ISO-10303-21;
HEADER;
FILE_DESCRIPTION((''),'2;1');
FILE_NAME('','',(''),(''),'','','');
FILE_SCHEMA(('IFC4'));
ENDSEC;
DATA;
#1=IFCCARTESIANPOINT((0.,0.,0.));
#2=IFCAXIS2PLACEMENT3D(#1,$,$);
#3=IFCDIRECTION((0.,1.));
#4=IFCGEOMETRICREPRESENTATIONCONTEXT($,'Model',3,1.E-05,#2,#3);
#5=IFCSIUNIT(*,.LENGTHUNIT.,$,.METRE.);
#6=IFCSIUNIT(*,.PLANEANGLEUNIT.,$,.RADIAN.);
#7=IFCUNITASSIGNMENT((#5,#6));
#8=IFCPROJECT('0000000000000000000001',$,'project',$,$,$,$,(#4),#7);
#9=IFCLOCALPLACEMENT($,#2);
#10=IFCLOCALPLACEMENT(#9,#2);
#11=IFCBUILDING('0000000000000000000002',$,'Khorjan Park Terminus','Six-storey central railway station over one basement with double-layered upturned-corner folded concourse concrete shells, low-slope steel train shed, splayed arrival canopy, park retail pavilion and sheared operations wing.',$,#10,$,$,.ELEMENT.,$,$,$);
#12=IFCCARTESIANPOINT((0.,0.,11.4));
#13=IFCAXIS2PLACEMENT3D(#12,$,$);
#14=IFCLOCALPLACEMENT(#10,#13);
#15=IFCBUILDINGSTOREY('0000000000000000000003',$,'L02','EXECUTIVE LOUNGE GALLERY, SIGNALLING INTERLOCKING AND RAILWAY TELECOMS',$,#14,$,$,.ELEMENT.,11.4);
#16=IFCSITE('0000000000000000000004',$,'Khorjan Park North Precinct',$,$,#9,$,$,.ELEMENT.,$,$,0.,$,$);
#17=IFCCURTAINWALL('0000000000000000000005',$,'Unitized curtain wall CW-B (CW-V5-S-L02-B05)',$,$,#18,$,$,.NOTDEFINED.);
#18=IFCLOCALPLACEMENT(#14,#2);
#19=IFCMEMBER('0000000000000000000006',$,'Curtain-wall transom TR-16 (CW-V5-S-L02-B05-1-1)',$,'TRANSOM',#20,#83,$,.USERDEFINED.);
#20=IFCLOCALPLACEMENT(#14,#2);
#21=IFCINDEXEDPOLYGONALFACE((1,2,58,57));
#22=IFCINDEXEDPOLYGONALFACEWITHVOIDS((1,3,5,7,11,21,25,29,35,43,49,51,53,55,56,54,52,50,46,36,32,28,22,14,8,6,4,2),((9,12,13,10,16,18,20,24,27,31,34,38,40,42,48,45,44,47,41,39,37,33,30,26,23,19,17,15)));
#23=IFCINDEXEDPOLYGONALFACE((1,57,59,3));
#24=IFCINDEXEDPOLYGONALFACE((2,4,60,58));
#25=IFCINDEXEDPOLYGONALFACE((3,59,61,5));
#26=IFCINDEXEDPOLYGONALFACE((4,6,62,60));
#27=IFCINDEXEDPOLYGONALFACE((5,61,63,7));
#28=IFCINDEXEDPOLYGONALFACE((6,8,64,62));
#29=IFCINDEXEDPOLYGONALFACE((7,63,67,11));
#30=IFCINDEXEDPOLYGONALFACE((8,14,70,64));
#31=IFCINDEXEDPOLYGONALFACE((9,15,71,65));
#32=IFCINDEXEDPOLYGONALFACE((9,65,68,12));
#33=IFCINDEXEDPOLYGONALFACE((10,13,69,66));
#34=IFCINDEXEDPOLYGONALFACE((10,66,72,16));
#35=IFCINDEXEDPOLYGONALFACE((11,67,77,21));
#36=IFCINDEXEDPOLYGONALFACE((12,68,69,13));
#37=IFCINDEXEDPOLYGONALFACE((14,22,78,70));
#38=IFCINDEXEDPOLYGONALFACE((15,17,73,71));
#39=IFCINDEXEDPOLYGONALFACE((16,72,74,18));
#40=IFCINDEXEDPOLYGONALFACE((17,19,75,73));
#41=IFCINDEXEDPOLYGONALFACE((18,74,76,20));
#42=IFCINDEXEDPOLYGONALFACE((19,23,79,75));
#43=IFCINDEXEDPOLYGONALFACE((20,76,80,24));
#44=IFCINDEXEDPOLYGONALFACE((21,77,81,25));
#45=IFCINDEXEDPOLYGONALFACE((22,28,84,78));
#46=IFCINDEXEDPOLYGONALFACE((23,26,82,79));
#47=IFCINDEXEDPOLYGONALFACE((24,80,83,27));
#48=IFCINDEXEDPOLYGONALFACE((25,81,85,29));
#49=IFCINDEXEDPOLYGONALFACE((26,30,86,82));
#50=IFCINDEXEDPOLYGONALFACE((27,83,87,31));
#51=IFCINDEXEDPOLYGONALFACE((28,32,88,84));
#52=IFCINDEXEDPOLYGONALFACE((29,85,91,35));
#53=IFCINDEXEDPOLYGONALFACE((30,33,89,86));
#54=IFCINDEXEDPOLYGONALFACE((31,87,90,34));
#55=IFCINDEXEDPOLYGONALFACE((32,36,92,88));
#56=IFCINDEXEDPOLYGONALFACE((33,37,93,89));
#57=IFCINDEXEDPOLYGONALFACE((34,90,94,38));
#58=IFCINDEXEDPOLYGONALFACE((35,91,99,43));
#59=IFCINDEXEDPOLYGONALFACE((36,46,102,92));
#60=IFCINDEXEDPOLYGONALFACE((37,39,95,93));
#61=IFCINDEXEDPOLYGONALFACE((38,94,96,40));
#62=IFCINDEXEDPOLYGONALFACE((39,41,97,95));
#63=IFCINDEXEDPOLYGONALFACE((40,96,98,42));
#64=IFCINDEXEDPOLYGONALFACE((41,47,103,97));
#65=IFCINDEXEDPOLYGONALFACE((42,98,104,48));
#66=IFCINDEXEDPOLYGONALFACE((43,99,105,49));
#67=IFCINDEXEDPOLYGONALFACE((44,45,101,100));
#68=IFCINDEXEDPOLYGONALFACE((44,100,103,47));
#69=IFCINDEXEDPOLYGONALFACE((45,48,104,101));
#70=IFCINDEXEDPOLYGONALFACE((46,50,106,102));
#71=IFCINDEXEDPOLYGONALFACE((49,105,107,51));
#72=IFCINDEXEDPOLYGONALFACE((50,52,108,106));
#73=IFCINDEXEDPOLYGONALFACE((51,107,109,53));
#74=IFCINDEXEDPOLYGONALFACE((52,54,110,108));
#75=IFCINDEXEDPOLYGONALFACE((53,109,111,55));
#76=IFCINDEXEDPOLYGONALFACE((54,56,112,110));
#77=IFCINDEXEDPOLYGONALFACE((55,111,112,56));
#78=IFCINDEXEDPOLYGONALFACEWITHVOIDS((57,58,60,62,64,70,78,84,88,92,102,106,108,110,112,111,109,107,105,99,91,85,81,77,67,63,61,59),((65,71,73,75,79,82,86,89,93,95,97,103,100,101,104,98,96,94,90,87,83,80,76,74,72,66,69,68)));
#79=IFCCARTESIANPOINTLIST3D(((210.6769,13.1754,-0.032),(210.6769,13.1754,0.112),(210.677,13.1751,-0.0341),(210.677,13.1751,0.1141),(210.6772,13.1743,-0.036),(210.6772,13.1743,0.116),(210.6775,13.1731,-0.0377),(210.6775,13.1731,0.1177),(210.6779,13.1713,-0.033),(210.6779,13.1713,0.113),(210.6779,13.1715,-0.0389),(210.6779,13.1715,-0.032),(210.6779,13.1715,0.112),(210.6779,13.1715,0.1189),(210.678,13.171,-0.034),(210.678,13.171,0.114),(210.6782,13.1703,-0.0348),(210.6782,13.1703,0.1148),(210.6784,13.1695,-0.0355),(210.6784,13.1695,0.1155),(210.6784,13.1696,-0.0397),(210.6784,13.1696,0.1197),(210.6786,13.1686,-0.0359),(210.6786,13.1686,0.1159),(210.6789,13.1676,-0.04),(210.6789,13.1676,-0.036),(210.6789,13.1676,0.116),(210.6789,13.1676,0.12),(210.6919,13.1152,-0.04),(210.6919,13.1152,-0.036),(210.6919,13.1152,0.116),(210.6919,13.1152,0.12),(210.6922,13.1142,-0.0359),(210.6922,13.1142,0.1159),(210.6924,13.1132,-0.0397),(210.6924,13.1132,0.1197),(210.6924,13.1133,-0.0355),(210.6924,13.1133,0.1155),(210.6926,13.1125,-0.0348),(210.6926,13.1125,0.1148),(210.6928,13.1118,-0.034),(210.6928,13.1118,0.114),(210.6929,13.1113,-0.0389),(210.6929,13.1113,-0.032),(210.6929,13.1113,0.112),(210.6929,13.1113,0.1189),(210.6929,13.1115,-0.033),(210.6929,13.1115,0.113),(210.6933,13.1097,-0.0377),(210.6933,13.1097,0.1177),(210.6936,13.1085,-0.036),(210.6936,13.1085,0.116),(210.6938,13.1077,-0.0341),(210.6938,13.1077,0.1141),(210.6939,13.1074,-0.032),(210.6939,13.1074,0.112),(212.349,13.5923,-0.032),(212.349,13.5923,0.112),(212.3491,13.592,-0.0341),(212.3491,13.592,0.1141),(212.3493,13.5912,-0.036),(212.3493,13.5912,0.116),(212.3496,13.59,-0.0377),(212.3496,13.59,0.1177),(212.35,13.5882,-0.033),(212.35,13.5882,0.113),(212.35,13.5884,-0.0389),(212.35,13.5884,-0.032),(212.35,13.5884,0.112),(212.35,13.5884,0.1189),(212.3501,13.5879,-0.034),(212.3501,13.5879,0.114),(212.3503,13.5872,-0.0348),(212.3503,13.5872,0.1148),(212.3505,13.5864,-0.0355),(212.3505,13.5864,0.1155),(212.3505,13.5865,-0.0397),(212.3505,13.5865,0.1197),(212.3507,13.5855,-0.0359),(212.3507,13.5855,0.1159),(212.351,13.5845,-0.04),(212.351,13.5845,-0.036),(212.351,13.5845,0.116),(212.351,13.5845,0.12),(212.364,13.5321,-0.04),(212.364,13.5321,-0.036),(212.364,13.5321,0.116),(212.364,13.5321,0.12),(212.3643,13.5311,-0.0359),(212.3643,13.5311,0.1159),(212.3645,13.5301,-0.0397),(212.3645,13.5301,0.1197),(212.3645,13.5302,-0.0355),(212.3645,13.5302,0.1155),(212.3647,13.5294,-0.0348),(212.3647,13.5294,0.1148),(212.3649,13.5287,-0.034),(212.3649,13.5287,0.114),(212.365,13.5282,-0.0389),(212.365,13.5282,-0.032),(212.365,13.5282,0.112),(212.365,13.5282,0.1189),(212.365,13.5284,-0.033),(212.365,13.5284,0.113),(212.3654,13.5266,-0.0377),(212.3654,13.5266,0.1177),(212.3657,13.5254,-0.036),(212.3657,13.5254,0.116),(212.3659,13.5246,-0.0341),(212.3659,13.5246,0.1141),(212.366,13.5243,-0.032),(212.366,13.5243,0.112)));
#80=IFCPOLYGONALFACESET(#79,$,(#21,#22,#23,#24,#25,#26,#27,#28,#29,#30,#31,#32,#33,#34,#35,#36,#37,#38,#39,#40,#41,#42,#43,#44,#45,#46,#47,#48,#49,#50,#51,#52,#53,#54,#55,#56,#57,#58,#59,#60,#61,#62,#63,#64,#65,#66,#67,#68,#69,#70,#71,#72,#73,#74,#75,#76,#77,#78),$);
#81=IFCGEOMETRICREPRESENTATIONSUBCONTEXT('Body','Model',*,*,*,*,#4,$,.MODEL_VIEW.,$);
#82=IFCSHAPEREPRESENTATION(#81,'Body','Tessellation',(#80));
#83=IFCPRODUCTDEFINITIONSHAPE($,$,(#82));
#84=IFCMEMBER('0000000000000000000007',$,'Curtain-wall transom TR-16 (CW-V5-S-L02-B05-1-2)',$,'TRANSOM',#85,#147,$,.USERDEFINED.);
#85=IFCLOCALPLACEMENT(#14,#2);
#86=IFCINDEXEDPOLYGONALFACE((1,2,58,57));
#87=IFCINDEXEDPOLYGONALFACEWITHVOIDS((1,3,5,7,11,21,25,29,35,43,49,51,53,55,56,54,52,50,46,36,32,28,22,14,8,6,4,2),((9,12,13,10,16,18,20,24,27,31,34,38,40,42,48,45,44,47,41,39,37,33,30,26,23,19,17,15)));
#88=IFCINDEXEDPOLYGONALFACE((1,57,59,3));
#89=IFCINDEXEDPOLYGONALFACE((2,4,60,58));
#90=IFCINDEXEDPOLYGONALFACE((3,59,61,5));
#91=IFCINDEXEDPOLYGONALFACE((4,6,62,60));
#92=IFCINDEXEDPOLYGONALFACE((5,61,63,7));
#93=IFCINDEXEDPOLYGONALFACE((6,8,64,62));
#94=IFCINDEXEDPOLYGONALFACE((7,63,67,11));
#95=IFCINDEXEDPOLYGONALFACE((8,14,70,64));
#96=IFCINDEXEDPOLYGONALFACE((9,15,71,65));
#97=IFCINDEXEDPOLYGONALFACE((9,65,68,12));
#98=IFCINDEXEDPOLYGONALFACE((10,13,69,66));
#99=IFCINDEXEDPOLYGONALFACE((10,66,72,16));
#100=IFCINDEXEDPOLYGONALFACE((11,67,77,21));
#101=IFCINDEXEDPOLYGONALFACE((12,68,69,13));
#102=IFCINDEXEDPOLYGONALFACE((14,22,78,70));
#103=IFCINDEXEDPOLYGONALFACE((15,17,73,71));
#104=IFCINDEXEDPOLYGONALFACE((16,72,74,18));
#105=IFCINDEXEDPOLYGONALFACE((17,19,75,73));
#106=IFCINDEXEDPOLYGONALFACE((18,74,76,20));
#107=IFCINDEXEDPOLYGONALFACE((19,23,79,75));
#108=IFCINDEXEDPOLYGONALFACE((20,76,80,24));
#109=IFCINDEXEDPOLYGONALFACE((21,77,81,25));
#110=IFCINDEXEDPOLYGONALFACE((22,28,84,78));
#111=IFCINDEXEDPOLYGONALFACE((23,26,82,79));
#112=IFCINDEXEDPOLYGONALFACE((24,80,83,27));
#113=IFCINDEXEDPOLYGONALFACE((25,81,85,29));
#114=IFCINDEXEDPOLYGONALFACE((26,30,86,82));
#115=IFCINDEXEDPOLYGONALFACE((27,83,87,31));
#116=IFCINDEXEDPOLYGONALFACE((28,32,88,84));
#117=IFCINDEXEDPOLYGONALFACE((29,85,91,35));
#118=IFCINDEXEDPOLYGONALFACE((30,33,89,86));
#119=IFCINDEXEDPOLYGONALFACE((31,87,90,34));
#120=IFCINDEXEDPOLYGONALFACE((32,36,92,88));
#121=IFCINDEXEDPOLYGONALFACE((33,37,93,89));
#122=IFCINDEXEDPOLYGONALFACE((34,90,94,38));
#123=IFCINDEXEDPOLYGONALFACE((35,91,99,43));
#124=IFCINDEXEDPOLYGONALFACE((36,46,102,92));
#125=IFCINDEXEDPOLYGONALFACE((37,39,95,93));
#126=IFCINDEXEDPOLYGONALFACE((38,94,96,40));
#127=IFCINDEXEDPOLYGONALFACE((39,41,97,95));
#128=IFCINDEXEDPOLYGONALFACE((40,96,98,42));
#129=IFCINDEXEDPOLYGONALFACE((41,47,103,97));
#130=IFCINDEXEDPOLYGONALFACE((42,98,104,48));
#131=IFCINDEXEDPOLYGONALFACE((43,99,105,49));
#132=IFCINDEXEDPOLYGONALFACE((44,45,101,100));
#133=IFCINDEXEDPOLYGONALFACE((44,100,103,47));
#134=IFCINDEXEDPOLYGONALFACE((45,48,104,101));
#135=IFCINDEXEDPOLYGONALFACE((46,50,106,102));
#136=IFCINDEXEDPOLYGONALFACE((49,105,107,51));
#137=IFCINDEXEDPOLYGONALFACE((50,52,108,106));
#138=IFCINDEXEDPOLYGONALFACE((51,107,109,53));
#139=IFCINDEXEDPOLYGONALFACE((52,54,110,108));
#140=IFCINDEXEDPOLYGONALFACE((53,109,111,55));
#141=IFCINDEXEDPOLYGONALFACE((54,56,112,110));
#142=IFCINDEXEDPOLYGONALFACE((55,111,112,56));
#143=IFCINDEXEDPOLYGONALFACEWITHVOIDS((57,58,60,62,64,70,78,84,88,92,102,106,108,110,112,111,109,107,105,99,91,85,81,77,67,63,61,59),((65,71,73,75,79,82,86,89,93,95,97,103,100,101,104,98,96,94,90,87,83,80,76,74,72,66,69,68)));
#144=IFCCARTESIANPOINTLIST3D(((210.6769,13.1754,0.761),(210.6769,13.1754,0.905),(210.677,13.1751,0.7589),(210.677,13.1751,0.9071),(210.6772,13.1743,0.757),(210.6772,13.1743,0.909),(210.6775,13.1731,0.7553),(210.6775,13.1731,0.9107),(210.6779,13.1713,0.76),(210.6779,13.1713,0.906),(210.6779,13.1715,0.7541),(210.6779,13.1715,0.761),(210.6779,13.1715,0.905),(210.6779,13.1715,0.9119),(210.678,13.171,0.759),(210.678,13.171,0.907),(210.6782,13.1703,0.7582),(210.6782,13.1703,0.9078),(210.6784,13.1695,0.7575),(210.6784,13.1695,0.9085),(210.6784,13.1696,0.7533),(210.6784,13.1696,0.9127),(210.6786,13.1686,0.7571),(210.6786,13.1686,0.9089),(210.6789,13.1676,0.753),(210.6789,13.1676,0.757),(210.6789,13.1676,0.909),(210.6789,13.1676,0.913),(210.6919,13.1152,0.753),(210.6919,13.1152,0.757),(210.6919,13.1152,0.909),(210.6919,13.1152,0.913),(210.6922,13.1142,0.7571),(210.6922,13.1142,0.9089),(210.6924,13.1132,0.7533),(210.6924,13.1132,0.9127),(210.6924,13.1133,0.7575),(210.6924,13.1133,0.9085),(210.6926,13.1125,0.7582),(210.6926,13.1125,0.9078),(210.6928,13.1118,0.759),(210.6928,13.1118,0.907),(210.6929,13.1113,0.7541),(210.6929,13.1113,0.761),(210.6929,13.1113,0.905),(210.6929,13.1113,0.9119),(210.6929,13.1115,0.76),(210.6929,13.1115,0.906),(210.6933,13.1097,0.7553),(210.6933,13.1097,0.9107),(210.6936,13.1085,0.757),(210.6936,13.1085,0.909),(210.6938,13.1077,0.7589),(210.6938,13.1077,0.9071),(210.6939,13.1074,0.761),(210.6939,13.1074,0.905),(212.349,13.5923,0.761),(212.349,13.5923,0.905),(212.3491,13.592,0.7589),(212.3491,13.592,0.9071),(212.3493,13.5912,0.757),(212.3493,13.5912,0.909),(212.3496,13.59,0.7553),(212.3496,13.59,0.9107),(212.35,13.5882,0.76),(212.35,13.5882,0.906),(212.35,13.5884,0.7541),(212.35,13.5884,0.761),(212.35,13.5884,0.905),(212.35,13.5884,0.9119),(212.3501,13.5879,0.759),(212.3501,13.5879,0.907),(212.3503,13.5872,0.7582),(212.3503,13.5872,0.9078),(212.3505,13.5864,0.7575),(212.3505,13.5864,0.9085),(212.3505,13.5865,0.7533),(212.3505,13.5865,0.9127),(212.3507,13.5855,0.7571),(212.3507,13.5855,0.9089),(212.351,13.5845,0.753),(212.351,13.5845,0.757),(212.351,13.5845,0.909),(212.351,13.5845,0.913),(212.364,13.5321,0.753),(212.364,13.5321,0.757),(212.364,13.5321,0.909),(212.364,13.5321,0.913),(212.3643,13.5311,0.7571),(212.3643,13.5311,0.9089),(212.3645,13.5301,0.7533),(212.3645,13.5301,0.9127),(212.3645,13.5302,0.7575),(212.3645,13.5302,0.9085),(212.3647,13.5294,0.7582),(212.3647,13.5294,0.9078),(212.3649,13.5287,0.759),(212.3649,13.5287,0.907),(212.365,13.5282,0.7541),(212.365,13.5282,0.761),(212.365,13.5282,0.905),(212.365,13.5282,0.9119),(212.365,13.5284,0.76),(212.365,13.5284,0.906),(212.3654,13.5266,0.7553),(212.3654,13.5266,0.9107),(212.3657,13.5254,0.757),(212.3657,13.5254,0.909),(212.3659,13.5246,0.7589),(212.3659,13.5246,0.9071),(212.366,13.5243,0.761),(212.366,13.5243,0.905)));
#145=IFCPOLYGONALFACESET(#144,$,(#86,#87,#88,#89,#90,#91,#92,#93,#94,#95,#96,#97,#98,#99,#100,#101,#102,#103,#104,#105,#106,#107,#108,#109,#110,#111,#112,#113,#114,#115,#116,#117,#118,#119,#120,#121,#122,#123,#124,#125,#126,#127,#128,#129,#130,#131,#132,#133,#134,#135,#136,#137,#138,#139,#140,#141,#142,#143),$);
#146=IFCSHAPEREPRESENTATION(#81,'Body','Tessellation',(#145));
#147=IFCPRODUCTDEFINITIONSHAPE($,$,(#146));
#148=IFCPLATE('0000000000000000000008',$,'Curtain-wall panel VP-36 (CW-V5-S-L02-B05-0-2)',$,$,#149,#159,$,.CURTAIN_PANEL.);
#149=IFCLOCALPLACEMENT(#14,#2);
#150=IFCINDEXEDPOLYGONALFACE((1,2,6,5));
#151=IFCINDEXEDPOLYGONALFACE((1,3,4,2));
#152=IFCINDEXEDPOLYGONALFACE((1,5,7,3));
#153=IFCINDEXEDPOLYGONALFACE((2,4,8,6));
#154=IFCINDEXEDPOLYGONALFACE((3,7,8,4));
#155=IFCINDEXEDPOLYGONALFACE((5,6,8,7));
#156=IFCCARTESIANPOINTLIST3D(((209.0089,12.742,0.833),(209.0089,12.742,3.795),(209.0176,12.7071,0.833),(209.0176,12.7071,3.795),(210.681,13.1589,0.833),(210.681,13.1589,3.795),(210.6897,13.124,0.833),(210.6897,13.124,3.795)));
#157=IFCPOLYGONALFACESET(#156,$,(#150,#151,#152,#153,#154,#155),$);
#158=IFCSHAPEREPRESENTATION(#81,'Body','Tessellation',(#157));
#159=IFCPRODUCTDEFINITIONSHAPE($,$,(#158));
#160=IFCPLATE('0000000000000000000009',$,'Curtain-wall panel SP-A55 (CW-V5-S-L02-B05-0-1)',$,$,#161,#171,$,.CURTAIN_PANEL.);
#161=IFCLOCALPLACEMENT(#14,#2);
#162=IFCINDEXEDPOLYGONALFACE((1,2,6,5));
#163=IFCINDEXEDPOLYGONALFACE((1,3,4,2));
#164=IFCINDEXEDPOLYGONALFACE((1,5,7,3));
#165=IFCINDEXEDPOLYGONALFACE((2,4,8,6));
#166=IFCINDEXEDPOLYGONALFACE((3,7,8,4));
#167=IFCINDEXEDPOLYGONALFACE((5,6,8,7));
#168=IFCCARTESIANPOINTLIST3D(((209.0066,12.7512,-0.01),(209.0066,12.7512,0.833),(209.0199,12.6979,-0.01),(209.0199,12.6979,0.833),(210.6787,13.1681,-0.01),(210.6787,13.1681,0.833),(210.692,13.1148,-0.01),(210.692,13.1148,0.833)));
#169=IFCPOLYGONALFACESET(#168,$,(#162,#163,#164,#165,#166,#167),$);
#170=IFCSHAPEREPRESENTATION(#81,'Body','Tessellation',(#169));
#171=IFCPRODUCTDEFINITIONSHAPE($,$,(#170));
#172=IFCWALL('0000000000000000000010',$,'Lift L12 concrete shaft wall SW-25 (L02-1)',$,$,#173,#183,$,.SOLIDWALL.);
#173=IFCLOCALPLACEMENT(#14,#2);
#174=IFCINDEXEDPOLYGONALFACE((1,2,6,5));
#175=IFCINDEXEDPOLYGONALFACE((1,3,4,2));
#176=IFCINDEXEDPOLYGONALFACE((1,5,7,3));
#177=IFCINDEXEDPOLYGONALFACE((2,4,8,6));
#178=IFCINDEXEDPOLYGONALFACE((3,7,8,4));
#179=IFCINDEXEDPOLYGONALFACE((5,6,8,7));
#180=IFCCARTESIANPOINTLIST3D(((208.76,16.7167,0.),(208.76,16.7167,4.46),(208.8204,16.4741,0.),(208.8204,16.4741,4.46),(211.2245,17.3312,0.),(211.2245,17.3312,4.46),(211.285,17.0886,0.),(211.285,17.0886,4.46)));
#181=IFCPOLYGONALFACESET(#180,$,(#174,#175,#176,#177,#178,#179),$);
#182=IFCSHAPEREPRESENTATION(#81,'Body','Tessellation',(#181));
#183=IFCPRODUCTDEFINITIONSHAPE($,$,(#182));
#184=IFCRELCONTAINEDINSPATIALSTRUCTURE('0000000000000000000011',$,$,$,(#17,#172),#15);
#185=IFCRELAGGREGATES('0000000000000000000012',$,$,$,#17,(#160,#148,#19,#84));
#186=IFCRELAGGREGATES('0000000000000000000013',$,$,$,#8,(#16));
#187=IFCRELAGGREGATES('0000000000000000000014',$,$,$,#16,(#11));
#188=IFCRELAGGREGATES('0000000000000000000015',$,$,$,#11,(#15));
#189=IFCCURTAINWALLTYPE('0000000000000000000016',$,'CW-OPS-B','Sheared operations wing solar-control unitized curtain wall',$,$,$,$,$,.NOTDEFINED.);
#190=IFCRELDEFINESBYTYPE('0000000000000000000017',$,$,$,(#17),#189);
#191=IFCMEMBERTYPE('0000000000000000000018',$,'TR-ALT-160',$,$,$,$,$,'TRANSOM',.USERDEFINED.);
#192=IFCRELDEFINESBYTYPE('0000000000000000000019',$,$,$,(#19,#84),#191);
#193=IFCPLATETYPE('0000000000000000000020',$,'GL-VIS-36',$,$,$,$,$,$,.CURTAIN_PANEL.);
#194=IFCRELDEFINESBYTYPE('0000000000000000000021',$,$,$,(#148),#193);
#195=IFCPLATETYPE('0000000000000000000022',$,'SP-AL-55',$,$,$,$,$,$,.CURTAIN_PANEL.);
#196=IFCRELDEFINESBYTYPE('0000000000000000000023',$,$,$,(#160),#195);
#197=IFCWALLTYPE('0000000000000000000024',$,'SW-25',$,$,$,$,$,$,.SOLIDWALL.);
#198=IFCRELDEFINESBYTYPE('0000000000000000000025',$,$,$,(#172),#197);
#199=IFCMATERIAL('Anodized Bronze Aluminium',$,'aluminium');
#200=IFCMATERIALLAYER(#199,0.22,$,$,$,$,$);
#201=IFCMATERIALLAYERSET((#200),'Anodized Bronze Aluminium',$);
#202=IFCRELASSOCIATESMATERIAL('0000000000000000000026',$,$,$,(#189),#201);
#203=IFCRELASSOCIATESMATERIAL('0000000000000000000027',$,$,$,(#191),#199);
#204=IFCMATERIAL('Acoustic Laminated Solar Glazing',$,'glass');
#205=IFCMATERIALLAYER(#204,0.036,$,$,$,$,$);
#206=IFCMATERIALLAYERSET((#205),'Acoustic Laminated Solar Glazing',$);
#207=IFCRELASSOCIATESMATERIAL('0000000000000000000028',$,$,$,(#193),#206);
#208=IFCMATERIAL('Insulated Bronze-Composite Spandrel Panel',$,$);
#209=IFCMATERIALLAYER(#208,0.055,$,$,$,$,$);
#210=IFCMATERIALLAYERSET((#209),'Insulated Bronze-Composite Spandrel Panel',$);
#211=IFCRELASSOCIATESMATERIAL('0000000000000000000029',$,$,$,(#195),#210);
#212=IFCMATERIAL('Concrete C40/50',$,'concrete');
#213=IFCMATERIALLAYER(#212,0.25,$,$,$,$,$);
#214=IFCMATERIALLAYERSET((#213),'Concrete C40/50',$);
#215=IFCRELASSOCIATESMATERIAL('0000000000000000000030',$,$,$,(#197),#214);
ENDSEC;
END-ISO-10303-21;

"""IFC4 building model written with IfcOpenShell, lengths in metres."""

from ifc_helpers import new_model, si_unit, direction, frame, frame_2d, origin, origin_2d, place, context, subcontext, project, spatial, rectangle, hollow_rectangle, extrude, material, layer, layer_set, material_profile, profile_set, type_object, element, aggregate, save


model = new_model("IFC4")

# Units and contexts
model_context = context("Model", 3, precision=1e-05, world=origin(), true_north=direction((0.0, 1.0)))
body_context = subcontext(model_context, "Body", "Model", "MODEL_VIEW")
ifc_project = project(units=[si_unit("LENGTHUNIT", "METRE"), si_unit("PLANEANGLEUNIT", "RADIAN")], contexts=[model_context])

# Site, building, storey
site_placement = place(None, origin())
site = spatial("IfcSite", under=ifc_project, at=site_placement, Name="Khorjan Park North Precinct", CompositionType="ELEMENT", RefElevation=0.0)
building_placement = place(site_placement, origin())
building = spatial("IfcBuilding", under=site, at=building_placement, Name="Khorjan Park Terminus", Description="Six-storey central railway station over one basement with double-layered upturned-corner folded concourse concrete shells, low-slope steel train shed, splayed arrival canopy, park retail pavilion and sheared operations wing.", CompositionType="ELEMENT")
storey_placement = place(building_placement, frame((0.0, 0.0, 11.4)))
storey = spatial("IfcBuildingStorey", under=building, at=storey_placement, Name="L02", Description="EXECUTIVE LOUNGE GALLERY, SIGNALLING INTERLOCKING AND RAILWAY TELECOMS", CompositionType="ELEMENT", Elevation=11.4)

# Curtain wall, members, plates
ifc_material_1 = material(Name="Anodized Bronze Aluminium", Category="aluminium")
ifc_layer_1 = layer(ifc_material_1, 0.22)
ifc_layer_set_1 = layer_set([ifc_layer_1], Name="Anodized Bronze Aluminium")
curtain_wall_type = type_object("IfcCurtainWallType", Name="CW-OPS-B", Description="Sheared operations wing solar-control unitized curtain wall", PredefinedType="NOTDEFINED", material=ifc_layer_set_1)
curtain_wall_placement = place(storey_placement, origin())
curtain_wall = element("IfcCurtainWall", 1, at=curtain_wall_placement, inside=storey, type_object=curtain_wall_type, Name="Unitized curtain wall CW-B (CW-V5-S-L02-B05)", PredefinedType="NOTDEFINED")
ifc_material_profile_1 = material_profile(ifc_material_1, hollow_rectangle(XDim=0.07, YDim=0.16, WallThickness=0.004, InnerFilletRadius=0.004, OuterFilletRadius=0.008, at=origin_2d()), Name="ALT 70x160x4")
ifc_profile_set_1 = profile_set([ifc_material_profile_1], Name="Anodized Bronze Aluminium")
member_type_1 = type_object("IfcMemberType", Name="TR-ALT-160", ElementType="TRANSOM", PredefinedType="USERDEFINED", material=ifc_profile_set_1)
member_1_placement = place(storey_placement, frame((210.6854, 13.1414, 0.04), z_axis=(0.970296, 0.241921, 0.0), x_axis=(-0.241921, 0.970296, 0.0)))
member_1 = element("IfcMember", 2, at=member_1_placement, type_object=member_type_1, Name="Curtain-wall transom TR-16 (CW-V5-S-L02-B05-1-1)", ObjectType="TRANSOM", PredefinedType="USERDEFINED", context=body_context, shape_type="SweptSolid", body=[
    extrude(hollow_rectangle(XDim=0.07, YDim=0.16, WallThickness=0.004, InnerFilletRadius=0.004, OuterFilletRadius=0.008, at=origin_2d()), origin(), (0.0, 0.0, 1.0), 1.7233),
])
member_2_placement = place(storey_placement, frame((210.6854, 13.1414, 0.833), z_axis=(0.970296, 0.241921, 0.0), x_axis=(-0.241921, 0.970296, 0.0)))
member_2 = element("IfcMember", 3, at=member_2_placement, type_object=member_type_1, Name="Curtain-wall transom TR-16 (CW-V5-S-L02-B05-1-2)", ObjectType="TRANSOM", PredefinedType="USERDEFINED", context=body_context, shape_type="SweptSolid", body=[
    extrude(hollow_rectangle(XDim=0.07, YDim=0.16, WallThickness=0.004, InnerFilletRadius=0.004, OuterFilletRadius=0.008, at=origin_2d()), origin(), (0.0, 0.0, 1.0), 1.7233),
])
ifc_material_2 = material(Name="Acoustic Laminated Solar Glazing", Category="glass")
ifc_layer_2 = layer(ifc_material_2, 0.036)
ifc_layer_set_2 = layer_set([ifc_layer_2], Name="Acoustic Laminated Solar Glazing")
plate_type_1 = type_object("IfcPlateType", Name="GL-VIS-36", PredefinedType="CURTAIN_PANEL", material=ifc_layer_set_2)
plate_1_placement = place(storey_placement, frame((209.8493, 12.933, 0.833), z_axis=(0.0, 0.0, 1.0), x_axis=(0.970298, 0.241912, 0.0)))
plate_1 = element("IfcPlate", 4, at=plate_1_placement, type_object=plate_type_1, Name="Curtain-wall panel VP-36 (CW-V5-S-L02-B05-0-2)", PredefinedType="CURTAIN_PANEL", context=body_context, shape_type="SweptSolid", body=[
    extrude(rectangle(XDim=1.7233, YDim=0.036, at=origin_2d()), origin(), (0.0, 0.0, 1.0), 2.962),
])
ifc_material_3 = material(Name="Insulated Bronze-Composite Spandrel Panel")
ifc_layer_3 = layer(ifc_material_3, 0.055)
ifc_layer_set_3 = layer_set([ifc_layer_3], Name="Insulated Bronze-Composite Spandrel Panel")
plate_type_2 = type_object("IfcPlateType", Name="SP-AL-55", PredefinedType="CURTAIN_PANEL", material=ifc_layer_set_3)
plate_2_placement = place(storey_placement, frame((209.8493, 12.933, -0.01), z_axis=(0.0, 0.0, 1.0), x_axis=(0.970298, 0.241912, 0.0)))
plate_2 = element("IfcPlate", 5, at=plate_2_placement, type_object=plate_type_2, Name="Curtain-wall panel SP-A55 (CW-V5-S-L02-B05-0-1)", PredefinedType="CURTAIN_PANEL", context=body_context, shape_type="SweptSolid", body=[
    extrude(rectangle(XDim=1.7233, YDim=0.055, at=origin_2d()), origin(), (0.0, 0.0, 1.0), 0.843),
])
aggregate(curtain_wall, [plate_2, plate_1, member_1, member_2])

# Wall
ifc_material_4 = material(Name="Concrete C40/50", Category="concrete")
ifc_layer_4 = layer(ifc_material_4, 0.25)
ifc_layer_set_4 = layer_set([ifc_layer_4], Name="Concrete C40/50")
wall_type = type_object("IfcWallType", Name="SW-25", PredefinedType="SOLIDWALL", material=ifc_layer_set_4)
wall_1_placement = place(storey_placement, frame((208.7902, 16.5954, 0.0), z_axis=(0.0, 0.0, 1.0), x_axis=(0.970293, 0.241933, 0.0)))
element("IfcWall", 6, at=wall_1_placement, inside=storey, type_object=wall_type, Name="Lift L12 concrete shaft wall SW-25 (L02-1)", PredefinedType="SOLIDWALL", context=body_context, shape_type="SweptSolid", body=[
    extrude(rectangle(XDim=2.54, YDim=0.25, at=frame_2d((1.27, 0.0))), origin(), (0.0, 0.0, 1.0), 4.46),
])

save(model, "model.ifc")
